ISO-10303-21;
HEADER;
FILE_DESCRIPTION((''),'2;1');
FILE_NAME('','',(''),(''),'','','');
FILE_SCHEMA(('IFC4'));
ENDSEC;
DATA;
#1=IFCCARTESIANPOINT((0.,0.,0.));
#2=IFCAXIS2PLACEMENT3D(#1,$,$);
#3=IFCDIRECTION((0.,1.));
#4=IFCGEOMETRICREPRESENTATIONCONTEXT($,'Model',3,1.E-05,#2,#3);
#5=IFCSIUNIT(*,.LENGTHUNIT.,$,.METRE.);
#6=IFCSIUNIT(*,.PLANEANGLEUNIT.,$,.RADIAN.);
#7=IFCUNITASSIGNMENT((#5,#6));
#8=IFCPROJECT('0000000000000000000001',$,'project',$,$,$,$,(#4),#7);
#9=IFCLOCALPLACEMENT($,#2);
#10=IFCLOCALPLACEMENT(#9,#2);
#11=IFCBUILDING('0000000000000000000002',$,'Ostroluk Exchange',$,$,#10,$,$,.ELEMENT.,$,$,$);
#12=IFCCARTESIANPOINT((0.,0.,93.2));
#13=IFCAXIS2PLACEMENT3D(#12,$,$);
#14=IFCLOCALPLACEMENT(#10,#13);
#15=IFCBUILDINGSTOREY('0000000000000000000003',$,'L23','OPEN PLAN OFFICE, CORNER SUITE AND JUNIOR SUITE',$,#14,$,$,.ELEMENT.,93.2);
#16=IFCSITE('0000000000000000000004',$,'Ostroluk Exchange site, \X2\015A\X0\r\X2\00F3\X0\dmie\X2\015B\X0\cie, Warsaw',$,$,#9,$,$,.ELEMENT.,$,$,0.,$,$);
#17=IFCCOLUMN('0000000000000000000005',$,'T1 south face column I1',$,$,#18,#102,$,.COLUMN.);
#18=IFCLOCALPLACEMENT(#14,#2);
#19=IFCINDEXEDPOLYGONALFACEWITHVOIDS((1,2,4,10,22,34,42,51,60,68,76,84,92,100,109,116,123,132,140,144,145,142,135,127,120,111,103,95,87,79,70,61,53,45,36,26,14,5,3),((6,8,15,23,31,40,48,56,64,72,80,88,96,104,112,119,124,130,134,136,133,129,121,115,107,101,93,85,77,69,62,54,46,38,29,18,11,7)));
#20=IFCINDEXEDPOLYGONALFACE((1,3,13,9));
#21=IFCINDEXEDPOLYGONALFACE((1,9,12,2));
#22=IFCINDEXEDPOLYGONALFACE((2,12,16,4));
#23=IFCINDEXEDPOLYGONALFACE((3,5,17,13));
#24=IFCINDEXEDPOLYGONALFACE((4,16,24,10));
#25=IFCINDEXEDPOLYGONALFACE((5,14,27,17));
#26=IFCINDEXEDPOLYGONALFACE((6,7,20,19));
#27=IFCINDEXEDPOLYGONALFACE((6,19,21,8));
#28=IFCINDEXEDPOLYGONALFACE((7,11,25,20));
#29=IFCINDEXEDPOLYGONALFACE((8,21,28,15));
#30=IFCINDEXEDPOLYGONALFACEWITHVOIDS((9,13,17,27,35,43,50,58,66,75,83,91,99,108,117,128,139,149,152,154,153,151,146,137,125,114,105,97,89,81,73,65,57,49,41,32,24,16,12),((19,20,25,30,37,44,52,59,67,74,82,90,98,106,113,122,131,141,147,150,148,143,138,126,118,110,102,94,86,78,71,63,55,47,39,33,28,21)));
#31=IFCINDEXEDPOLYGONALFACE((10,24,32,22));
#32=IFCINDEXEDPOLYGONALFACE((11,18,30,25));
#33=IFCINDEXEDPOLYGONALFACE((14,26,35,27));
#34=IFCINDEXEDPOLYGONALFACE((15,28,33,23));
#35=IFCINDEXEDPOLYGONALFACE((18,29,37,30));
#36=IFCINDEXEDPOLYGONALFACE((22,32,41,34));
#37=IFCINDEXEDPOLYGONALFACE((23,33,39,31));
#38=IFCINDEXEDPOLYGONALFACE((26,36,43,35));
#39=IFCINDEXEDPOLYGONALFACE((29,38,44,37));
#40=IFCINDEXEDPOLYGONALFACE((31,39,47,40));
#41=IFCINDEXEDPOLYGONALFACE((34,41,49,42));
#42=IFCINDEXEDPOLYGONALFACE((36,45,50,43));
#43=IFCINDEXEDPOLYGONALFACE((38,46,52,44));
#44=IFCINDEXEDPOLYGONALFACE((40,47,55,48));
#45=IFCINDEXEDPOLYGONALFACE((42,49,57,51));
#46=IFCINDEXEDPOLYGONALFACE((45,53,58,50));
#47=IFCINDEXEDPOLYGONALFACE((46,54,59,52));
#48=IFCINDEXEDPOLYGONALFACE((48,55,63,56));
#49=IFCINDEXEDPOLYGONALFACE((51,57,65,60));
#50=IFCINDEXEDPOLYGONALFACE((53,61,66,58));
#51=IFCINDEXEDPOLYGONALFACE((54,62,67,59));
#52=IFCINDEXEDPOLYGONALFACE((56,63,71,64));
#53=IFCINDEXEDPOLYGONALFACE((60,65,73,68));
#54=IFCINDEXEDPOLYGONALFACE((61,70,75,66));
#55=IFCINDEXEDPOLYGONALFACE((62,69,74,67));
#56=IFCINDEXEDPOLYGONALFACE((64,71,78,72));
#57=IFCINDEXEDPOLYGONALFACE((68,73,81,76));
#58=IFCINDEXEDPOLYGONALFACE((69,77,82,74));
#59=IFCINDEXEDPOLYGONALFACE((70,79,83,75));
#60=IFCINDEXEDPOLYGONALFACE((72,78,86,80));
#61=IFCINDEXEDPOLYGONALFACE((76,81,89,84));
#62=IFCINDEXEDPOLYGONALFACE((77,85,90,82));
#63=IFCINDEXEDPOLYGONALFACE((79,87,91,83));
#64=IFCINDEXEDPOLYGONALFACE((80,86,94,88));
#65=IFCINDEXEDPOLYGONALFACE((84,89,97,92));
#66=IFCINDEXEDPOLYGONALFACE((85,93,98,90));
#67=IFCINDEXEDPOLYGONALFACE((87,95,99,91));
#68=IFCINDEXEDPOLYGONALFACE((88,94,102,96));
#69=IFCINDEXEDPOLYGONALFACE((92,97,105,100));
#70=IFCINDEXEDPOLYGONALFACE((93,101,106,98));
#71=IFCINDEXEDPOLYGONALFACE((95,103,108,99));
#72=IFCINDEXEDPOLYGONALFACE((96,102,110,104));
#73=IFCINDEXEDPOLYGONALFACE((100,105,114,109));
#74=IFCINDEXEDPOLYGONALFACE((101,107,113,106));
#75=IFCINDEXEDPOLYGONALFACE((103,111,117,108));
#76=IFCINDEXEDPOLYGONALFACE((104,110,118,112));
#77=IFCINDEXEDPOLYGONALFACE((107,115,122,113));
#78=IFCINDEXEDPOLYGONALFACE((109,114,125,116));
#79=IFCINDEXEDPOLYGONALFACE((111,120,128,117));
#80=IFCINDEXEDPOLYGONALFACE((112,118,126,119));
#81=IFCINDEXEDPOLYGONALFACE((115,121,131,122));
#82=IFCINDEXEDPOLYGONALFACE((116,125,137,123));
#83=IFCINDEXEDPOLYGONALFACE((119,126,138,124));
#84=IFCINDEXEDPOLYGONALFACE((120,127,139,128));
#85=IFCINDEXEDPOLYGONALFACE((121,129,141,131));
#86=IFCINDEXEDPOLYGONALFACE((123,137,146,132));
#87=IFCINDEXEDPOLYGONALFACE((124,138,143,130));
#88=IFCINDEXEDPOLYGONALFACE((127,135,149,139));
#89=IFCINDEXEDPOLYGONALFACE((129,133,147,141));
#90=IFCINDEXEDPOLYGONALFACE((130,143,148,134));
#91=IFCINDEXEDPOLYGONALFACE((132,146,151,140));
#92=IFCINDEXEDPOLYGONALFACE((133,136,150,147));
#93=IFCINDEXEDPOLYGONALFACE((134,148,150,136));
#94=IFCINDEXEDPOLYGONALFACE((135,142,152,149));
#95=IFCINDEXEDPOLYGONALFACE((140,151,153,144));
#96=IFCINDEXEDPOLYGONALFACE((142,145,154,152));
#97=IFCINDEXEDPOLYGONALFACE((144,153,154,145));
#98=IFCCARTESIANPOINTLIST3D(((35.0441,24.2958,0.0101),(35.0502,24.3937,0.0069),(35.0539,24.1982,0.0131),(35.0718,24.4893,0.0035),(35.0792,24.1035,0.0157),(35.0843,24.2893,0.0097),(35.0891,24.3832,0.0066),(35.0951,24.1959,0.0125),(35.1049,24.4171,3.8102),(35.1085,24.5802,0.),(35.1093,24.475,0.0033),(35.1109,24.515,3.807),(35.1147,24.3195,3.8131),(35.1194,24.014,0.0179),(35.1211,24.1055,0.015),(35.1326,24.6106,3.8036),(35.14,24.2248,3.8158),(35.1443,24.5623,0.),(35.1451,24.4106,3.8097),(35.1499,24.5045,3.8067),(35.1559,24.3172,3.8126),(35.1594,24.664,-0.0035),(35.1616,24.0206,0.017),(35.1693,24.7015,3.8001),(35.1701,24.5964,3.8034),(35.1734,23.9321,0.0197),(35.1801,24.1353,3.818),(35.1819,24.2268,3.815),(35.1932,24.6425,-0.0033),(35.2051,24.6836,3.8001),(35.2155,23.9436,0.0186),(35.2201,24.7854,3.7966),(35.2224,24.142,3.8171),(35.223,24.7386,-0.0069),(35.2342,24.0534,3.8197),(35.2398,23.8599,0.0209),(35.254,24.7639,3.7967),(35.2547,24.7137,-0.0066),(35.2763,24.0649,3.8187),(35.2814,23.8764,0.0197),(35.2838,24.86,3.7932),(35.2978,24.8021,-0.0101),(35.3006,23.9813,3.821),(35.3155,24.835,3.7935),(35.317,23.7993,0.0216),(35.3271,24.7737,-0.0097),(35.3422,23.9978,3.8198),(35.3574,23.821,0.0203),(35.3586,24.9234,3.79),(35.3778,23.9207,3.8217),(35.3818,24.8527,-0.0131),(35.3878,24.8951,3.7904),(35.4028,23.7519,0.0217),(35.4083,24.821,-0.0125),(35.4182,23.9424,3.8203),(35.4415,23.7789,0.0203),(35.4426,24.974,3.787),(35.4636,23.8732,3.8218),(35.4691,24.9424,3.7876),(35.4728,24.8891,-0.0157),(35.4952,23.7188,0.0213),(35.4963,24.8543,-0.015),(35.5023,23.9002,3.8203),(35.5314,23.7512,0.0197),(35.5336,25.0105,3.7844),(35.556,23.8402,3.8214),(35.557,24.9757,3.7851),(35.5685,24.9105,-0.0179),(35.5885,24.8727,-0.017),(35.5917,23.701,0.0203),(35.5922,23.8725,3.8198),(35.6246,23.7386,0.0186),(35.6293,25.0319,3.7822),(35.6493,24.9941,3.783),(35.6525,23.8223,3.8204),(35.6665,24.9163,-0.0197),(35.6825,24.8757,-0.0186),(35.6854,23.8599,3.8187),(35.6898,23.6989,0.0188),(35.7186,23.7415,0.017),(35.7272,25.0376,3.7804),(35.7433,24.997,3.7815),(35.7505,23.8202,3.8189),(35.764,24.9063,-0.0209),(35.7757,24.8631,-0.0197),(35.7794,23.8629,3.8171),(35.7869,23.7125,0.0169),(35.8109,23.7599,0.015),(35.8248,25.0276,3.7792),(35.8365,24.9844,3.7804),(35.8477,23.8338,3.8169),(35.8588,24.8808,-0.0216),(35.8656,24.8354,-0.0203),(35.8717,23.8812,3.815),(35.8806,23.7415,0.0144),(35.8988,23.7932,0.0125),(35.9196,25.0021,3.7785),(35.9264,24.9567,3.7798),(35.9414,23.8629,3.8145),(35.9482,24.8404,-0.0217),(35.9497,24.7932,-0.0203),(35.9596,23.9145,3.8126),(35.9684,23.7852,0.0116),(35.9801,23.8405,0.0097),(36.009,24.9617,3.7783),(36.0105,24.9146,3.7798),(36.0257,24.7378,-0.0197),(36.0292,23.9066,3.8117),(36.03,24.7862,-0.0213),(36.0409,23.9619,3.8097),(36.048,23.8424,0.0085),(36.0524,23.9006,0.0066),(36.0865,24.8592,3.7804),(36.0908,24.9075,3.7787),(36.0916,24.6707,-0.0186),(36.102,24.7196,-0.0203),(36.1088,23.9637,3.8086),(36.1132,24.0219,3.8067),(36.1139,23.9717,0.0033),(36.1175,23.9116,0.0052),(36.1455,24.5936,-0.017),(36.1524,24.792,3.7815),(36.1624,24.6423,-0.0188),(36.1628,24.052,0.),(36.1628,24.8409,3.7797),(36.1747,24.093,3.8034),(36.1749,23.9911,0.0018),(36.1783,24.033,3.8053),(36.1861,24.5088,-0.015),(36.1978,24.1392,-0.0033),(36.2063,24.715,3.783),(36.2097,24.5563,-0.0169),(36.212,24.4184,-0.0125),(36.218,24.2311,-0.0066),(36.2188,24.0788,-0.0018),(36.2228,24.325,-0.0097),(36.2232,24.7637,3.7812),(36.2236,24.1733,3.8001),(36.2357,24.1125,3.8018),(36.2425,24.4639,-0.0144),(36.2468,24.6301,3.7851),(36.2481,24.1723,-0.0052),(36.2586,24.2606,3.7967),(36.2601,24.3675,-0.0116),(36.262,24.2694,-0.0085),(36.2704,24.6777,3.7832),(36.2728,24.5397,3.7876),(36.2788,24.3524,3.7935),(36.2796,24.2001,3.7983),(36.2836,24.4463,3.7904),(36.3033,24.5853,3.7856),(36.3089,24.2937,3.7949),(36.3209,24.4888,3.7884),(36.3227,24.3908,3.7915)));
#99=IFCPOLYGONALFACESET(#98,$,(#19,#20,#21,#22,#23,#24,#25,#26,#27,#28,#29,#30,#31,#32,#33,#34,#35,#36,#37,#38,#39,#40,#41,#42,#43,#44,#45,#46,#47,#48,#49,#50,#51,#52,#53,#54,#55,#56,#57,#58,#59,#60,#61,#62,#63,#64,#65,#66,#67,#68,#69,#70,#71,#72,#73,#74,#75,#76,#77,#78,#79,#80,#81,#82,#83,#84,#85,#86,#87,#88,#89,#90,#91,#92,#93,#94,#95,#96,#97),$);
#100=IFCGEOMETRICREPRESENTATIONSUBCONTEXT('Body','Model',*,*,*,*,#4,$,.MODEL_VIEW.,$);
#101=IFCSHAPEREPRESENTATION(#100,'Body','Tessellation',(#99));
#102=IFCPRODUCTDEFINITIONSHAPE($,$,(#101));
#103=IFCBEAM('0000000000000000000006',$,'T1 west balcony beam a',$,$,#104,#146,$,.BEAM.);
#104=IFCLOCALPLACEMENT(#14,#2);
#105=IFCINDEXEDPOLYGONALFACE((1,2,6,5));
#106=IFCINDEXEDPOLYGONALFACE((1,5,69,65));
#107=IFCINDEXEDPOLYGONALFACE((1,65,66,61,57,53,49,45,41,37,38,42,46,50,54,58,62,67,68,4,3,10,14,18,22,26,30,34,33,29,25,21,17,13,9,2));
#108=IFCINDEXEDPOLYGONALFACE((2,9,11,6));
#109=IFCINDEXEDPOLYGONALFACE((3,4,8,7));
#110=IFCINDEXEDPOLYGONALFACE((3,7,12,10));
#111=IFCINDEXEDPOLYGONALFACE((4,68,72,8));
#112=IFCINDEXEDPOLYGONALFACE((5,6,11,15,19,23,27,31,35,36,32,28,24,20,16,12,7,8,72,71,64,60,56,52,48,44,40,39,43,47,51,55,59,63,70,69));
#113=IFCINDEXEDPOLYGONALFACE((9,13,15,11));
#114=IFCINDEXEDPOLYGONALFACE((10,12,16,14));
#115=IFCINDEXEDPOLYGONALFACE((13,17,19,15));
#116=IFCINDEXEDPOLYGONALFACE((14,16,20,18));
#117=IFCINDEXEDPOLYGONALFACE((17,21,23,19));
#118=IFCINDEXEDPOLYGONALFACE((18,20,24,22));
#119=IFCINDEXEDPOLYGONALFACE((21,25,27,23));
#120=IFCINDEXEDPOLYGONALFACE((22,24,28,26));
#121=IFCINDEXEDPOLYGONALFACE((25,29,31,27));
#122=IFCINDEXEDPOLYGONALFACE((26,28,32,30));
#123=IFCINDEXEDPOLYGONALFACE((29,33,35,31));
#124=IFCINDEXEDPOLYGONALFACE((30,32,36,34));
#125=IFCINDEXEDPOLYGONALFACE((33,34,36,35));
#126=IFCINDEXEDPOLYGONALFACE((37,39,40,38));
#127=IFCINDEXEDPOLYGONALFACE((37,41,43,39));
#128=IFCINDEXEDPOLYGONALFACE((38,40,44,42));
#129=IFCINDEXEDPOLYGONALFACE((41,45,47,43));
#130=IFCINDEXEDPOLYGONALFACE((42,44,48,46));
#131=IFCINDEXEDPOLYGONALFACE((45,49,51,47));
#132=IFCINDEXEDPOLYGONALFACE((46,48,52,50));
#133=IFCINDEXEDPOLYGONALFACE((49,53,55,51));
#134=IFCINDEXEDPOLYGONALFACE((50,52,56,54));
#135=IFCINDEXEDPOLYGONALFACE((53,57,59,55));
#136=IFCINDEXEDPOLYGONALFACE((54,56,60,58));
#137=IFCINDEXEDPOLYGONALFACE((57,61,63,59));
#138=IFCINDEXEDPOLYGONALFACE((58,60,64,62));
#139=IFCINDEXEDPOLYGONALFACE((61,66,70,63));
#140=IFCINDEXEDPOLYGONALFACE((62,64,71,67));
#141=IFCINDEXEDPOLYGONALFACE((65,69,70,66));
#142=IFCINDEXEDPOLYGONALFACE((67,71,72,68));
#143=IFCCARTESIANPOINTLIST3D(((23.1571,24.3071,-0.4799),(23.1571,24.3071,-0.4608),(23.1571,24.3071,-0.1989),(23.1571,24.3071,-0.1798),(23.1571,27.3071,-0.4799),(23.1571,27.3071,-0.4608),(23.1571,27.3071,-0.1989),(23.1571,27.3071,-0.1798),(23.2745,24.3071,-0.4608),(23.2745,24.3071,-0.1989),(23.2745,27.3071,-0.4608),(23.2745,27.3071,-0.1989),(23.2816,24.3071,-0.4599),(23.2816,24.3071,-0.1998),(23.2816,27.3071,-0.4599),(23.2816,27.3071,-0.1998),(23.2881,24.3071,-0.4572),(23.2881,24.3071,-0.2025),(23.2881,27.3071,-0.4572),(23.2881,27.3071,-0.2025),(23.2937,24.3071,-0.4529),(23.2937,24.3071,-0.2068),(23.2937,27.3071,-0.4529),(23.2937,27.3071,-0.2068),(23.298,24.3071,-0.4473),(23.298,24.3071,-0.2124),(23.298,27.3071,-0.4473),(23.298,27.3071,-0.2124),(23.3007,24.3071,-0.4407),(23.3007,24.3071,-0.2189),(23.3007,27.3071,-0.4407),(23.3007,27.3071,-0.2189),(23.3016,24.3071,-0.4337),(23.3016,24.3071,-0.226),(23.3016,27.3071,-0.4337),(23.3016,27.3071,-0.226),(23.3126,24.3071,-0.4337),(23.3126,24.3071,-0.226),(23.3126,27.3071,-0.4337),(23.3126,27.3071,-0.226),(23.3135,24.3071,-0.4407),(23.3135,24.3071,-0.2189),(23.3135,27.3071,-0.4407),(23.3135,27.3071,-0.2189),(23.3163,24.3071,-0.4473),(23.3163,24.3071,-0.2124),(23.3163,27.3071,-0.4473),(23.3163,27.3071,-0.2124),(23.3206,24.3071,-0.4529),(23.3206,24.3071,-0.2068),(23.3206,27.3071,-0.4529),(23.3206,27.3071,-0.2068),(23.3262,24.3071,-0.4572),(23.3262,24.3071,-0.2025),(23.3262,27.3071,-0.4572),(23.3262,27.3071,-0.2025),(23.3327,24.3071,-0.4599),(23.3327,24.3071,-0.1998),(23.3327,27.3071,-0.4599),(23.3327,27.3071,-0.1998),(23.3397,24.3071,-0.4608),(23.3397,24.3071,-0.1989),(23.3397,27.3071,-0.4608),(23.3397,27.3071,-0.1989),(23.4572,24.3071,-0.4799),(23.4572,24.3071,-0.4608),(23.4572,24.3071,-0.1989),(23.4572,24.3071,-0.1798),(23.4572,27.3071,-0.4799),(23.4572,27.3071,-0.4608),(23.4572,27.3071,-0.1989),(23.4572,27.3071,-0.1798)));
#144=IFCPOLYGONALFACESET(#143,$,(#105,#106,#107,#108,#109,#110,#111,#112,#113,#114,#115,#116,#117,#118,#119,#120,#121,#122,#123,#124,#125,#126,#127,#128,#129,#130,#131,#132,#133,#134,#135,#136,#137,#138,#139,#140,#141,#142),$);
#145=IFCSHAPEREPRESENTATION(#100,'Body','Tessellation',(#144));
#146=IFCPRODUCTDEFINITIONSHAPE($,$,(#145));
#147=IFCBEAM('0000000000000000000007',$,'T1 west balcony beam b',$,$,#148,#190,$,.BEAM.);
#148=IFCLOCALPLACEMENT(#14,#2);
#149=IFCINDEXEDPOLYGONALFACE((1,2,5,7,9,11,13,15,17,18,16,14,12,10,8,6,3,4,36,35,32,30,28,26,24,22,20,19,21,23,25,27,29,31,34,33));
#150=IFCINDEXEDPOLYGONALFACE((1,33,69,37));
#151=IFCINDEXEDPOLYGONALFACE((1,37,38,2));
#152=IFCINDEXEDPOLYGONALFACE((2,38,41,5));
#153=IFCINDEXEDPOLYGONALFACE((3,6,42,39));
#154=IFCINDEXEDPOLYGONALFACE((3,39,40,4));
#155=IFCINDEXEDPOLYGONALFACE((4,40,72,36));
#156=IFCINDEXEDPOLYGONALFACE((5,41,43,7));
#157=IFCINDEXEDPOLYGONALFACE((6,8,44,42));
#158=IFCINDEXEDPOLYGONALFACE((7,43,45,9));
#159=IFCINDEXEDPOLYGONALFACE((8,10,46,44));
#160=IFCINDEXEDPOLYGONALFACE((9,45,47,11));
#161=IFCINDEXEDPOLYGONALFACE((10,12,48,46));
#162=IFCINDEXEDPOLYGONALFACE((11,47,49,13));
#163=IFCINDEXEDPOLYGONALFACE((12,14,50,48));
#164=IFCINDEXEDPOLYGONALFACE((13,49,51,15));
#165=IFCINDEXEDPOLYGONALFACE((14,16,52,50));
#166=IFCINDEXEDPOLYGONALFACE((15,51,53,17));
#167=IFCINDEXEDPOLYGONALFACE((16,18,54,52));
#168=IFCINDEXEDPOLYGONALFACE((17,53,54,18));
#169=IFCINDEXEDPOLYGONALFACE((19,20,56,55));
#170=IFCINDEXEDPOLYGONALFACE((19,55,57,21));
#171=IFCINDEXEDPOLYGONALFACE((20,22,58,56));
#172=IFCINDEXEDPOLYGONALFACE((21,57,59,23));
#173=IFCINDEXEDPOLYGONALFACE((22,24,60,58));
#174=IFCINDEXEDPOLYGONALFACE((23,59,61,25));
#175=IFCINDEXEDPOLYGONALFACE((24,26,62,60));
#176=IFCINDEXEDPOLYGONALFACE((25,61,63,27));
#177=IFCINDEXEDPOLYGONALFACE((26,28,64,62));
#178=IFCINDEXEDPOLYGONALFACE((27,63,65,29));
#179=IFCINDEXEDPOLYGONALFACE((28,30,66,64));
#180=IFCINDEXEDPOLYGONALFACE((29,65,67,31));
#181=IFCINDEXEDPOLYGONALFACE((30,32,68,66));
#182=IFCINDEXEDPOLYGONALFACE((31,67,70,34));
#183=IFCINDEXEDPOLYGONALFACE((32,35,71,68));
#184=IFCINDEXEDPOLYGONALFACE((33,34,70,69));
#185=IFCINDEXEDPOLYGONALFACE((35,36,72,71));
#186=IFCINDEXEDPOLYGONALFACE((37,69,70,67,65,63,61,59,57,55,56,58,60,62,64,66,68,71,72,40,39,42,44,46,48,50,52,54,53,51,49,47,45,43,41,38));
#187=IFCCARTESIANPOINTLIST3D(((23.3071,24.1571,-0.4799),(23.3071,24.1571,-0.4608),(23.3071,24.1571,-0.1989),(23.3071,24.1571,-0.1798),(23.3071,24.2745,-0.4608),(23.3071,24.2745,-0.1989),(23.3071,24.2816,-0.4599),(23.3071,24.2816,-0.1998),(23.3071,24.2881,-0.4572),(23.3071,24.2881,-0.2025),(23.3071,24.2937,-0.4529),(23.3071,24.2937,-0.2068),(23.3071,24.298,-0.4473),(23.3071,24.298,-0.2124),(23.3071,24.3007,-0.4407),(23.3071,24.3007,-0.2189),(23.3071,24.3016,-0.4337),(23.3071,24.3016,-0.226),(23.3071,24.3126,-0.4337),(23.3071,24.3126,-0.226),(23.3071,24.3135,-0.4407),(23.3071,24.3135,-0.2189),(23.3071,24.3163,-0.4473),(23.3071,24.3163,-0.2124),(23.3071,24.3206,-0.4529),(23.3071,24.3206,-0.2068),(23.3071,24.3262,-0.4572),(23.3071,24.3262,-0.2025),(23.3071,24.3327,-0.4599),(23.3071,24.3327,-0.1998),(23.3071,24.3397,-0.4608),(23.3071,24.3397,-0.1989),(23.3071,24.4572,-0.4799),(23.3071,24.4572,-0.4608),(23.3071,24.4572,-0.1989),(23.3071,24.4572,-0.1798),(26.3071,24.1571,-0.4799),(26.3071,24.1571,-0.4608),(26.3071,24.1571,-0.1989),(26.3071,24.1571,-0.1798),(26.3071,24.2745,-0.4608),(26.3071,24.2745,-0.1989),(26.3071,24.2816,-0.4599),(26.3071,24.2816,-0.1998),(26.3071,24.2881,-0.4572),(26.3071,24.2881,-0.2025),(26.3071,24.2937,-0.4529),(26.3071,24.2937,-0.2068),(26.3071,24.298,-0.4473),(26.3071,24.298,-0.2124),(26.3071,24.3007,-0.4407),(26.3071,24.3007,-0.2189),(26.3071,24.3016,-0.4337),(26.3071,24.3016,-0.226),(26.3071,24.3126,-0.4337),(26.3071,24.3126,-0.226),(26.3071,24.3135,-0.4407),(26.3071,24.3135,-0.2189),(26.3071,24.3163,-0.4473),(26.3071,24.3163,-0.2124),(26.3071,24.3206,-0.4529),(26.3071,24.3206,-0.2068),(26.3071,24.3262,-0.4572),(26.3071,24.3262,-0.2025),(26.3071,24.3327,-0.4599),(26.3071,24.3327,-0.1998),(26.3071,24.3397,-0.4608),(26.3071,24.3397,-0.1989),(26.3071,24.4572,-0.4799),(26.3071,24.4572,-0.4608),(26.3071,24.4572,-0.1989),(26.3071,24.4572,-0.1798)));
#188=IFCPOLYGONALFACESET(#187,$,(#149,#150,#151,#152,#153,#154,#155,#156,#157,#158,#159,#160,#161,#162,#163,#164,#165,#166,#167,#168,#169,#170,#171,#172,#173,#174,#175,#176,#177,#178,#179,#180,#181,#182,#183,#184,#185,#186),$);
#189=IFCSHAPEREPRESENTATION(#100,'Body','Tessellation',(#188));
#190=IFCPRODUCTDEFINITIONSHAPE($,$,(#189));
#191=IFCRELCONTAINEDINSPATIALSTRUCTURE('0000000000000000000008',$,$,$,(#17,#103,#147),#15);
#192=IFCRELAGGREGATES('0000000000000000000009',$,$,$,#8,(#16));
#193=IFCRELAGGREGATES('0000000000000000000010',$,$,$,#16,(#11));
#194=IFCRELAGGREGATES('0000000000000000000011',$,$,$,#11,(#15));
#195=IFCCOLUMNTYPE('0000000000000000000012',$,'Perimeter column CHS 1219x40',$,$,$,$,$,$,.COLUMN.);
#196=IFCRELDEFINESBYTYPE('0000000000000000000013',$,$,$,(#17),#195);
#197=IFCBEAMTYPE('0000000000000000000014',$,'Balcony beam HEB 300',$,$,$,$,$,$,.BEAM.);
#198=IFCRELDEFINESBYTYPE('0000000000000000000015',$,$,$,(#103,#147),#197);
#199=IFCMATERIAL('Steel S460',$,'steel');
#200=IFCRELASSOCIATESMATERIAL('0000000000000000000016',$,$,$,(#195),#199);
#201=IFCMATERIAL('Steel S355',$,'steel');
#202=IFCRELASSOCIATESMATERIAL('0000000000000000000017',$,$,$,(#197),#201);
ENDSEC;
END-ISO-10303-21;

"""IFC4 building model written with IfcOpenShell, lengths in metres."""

from ifc_helpers import new_model, si_unit, direction, frame, origin, origin_2d, place, context, subcontext, project, spatial, hollow_circle, i_section, extrude, material, material_profile, profile_set, type_object, element, save


model = new_model("IFC4")

# Units and contexts
model_context = context("Model", 3, precision=1e-05, world=origin(), true_north=direction((0.0, 1.0)))
body_context = subcontext(model_context, "Body", "Model", "MODEL_VIEW")
ifc_project = project(units=[si_unit("LENGTHUNIT", "METRE"), si_unit("PLANEANGLEUNIT", "RADIAN")], contexts=[model_context])

# Site, building, storey
site_placement = place(None, origin())
site = spatial("IfcSite", under=ifc_project, at=site_placement, Name="Ostroluk Exchange site, Śródmieście, Warsaw", CompositionType="ELEMENT", RefElevation=0.0)
building_placement = place(site_placement, origin())
building = spatial("IfcBuilding", under=site, at=building_placement, Name="Ostroluk Exchange", CompositionType="ELEMENT")
storey_placement = place(building_placement, frame((0.0, 0.0, 93.2)))
storey = spatial("IfcBuildingStorey", under=building, at=storey_placement, Name="L23", Description="OPEN PLAN OFFICE, CORNER SUITE AND JUNIOR SUITE", CompositionType="ELEMENT", Elevation=93.2)

# Column
ifc_material_1 = material(Name="Steel S460", Category="steel")
ifc_material_profile_1 = material_profile(ifc_material_1, hollow_circle(Radius=0.6096, WallThickness=0.04, at=origin_2d()), Name="CHS 1219x40")
ifc_profile_set_1 = profile_set([ifc_material_profile_1], Name="Steel S460")
column_type_1 = type_object("IfcColumnType", Name="Perimeter column CHS 1219x40", PredefinedType="COLUMN", material=ifc_profile_set_1)
column_1_placement = place(storey_placement, frame((35.6536, 24.3071, 0.0), z_axis=(0.015987, 0.03191, 0.999363), x_axis=(-0.894067, 0.447933, 0.0)))
element("IfcColumn", 1, at=column_1_placement, inside=storey, type_object=column_type_1, Name="T1 south face column I1", PredefinedType="COLUMN", context=body_context, shape_type="SweptSolid", body=[
    extrude(hollow_circle(Radius=0.6096, WallThickness=0.04, at=origin_2d()), origin(), (0.0, 0.0, 1.0), 3.8025),
])

# Beams
ifc_material_2 = material(Name="Steel S355", Category="steel")
ifc_material_profile_2 = material_profile(ifc_material_2, i_section(OverallWidth=0.3, OverallDepth=0.3, WebThickness=0.011, FlangeThickness=0.019, FilletRadius=0.0271, at=origin_2d()), Name="HEB 300")
ifc_profile_set_2 = profile_set([ifc_material_profile_2], Name="Steel S355")
beam_type_1 = type_object("IfcBeamType", Name="Balcony beam HEB 300", PredefinedType="BEAM", material=ifc_profile_set_2)
for number, where, z_axis, x_axis, name in (
    (2, (23.3071, 27.3071, -0.3298), (0.0, -1.0, 0.0), (1.0, 0.0, 0.0), "T1 west balcony beam a"),
    (3, (26.3071, 24.3071, -0.3298), (-1.0, 0.0, 0.0), (0.0, -1.0, 0.0), "T1 west balcony beam b"),
):
    element("IfcBeam", number, at=place(storey_placement, frame(where, z_axis=z_axis, x_axis=x_axis)), inside=storey, type_object=beam_type_1, Name=name, PredefinedType="BEAM", context=body_context, shape_type="SweptSolid", body=[
        extrude(i_section(OverallWidth=0.3, OverallDepth=0.3, WebThickness=0.011, FlangeThickness=0.019, FilletRadius=0.0271, at=origin_2d()), origin(), (0.0, 0.0, 1.0), 3.0),
    ])

save(model, "model.ifc")
